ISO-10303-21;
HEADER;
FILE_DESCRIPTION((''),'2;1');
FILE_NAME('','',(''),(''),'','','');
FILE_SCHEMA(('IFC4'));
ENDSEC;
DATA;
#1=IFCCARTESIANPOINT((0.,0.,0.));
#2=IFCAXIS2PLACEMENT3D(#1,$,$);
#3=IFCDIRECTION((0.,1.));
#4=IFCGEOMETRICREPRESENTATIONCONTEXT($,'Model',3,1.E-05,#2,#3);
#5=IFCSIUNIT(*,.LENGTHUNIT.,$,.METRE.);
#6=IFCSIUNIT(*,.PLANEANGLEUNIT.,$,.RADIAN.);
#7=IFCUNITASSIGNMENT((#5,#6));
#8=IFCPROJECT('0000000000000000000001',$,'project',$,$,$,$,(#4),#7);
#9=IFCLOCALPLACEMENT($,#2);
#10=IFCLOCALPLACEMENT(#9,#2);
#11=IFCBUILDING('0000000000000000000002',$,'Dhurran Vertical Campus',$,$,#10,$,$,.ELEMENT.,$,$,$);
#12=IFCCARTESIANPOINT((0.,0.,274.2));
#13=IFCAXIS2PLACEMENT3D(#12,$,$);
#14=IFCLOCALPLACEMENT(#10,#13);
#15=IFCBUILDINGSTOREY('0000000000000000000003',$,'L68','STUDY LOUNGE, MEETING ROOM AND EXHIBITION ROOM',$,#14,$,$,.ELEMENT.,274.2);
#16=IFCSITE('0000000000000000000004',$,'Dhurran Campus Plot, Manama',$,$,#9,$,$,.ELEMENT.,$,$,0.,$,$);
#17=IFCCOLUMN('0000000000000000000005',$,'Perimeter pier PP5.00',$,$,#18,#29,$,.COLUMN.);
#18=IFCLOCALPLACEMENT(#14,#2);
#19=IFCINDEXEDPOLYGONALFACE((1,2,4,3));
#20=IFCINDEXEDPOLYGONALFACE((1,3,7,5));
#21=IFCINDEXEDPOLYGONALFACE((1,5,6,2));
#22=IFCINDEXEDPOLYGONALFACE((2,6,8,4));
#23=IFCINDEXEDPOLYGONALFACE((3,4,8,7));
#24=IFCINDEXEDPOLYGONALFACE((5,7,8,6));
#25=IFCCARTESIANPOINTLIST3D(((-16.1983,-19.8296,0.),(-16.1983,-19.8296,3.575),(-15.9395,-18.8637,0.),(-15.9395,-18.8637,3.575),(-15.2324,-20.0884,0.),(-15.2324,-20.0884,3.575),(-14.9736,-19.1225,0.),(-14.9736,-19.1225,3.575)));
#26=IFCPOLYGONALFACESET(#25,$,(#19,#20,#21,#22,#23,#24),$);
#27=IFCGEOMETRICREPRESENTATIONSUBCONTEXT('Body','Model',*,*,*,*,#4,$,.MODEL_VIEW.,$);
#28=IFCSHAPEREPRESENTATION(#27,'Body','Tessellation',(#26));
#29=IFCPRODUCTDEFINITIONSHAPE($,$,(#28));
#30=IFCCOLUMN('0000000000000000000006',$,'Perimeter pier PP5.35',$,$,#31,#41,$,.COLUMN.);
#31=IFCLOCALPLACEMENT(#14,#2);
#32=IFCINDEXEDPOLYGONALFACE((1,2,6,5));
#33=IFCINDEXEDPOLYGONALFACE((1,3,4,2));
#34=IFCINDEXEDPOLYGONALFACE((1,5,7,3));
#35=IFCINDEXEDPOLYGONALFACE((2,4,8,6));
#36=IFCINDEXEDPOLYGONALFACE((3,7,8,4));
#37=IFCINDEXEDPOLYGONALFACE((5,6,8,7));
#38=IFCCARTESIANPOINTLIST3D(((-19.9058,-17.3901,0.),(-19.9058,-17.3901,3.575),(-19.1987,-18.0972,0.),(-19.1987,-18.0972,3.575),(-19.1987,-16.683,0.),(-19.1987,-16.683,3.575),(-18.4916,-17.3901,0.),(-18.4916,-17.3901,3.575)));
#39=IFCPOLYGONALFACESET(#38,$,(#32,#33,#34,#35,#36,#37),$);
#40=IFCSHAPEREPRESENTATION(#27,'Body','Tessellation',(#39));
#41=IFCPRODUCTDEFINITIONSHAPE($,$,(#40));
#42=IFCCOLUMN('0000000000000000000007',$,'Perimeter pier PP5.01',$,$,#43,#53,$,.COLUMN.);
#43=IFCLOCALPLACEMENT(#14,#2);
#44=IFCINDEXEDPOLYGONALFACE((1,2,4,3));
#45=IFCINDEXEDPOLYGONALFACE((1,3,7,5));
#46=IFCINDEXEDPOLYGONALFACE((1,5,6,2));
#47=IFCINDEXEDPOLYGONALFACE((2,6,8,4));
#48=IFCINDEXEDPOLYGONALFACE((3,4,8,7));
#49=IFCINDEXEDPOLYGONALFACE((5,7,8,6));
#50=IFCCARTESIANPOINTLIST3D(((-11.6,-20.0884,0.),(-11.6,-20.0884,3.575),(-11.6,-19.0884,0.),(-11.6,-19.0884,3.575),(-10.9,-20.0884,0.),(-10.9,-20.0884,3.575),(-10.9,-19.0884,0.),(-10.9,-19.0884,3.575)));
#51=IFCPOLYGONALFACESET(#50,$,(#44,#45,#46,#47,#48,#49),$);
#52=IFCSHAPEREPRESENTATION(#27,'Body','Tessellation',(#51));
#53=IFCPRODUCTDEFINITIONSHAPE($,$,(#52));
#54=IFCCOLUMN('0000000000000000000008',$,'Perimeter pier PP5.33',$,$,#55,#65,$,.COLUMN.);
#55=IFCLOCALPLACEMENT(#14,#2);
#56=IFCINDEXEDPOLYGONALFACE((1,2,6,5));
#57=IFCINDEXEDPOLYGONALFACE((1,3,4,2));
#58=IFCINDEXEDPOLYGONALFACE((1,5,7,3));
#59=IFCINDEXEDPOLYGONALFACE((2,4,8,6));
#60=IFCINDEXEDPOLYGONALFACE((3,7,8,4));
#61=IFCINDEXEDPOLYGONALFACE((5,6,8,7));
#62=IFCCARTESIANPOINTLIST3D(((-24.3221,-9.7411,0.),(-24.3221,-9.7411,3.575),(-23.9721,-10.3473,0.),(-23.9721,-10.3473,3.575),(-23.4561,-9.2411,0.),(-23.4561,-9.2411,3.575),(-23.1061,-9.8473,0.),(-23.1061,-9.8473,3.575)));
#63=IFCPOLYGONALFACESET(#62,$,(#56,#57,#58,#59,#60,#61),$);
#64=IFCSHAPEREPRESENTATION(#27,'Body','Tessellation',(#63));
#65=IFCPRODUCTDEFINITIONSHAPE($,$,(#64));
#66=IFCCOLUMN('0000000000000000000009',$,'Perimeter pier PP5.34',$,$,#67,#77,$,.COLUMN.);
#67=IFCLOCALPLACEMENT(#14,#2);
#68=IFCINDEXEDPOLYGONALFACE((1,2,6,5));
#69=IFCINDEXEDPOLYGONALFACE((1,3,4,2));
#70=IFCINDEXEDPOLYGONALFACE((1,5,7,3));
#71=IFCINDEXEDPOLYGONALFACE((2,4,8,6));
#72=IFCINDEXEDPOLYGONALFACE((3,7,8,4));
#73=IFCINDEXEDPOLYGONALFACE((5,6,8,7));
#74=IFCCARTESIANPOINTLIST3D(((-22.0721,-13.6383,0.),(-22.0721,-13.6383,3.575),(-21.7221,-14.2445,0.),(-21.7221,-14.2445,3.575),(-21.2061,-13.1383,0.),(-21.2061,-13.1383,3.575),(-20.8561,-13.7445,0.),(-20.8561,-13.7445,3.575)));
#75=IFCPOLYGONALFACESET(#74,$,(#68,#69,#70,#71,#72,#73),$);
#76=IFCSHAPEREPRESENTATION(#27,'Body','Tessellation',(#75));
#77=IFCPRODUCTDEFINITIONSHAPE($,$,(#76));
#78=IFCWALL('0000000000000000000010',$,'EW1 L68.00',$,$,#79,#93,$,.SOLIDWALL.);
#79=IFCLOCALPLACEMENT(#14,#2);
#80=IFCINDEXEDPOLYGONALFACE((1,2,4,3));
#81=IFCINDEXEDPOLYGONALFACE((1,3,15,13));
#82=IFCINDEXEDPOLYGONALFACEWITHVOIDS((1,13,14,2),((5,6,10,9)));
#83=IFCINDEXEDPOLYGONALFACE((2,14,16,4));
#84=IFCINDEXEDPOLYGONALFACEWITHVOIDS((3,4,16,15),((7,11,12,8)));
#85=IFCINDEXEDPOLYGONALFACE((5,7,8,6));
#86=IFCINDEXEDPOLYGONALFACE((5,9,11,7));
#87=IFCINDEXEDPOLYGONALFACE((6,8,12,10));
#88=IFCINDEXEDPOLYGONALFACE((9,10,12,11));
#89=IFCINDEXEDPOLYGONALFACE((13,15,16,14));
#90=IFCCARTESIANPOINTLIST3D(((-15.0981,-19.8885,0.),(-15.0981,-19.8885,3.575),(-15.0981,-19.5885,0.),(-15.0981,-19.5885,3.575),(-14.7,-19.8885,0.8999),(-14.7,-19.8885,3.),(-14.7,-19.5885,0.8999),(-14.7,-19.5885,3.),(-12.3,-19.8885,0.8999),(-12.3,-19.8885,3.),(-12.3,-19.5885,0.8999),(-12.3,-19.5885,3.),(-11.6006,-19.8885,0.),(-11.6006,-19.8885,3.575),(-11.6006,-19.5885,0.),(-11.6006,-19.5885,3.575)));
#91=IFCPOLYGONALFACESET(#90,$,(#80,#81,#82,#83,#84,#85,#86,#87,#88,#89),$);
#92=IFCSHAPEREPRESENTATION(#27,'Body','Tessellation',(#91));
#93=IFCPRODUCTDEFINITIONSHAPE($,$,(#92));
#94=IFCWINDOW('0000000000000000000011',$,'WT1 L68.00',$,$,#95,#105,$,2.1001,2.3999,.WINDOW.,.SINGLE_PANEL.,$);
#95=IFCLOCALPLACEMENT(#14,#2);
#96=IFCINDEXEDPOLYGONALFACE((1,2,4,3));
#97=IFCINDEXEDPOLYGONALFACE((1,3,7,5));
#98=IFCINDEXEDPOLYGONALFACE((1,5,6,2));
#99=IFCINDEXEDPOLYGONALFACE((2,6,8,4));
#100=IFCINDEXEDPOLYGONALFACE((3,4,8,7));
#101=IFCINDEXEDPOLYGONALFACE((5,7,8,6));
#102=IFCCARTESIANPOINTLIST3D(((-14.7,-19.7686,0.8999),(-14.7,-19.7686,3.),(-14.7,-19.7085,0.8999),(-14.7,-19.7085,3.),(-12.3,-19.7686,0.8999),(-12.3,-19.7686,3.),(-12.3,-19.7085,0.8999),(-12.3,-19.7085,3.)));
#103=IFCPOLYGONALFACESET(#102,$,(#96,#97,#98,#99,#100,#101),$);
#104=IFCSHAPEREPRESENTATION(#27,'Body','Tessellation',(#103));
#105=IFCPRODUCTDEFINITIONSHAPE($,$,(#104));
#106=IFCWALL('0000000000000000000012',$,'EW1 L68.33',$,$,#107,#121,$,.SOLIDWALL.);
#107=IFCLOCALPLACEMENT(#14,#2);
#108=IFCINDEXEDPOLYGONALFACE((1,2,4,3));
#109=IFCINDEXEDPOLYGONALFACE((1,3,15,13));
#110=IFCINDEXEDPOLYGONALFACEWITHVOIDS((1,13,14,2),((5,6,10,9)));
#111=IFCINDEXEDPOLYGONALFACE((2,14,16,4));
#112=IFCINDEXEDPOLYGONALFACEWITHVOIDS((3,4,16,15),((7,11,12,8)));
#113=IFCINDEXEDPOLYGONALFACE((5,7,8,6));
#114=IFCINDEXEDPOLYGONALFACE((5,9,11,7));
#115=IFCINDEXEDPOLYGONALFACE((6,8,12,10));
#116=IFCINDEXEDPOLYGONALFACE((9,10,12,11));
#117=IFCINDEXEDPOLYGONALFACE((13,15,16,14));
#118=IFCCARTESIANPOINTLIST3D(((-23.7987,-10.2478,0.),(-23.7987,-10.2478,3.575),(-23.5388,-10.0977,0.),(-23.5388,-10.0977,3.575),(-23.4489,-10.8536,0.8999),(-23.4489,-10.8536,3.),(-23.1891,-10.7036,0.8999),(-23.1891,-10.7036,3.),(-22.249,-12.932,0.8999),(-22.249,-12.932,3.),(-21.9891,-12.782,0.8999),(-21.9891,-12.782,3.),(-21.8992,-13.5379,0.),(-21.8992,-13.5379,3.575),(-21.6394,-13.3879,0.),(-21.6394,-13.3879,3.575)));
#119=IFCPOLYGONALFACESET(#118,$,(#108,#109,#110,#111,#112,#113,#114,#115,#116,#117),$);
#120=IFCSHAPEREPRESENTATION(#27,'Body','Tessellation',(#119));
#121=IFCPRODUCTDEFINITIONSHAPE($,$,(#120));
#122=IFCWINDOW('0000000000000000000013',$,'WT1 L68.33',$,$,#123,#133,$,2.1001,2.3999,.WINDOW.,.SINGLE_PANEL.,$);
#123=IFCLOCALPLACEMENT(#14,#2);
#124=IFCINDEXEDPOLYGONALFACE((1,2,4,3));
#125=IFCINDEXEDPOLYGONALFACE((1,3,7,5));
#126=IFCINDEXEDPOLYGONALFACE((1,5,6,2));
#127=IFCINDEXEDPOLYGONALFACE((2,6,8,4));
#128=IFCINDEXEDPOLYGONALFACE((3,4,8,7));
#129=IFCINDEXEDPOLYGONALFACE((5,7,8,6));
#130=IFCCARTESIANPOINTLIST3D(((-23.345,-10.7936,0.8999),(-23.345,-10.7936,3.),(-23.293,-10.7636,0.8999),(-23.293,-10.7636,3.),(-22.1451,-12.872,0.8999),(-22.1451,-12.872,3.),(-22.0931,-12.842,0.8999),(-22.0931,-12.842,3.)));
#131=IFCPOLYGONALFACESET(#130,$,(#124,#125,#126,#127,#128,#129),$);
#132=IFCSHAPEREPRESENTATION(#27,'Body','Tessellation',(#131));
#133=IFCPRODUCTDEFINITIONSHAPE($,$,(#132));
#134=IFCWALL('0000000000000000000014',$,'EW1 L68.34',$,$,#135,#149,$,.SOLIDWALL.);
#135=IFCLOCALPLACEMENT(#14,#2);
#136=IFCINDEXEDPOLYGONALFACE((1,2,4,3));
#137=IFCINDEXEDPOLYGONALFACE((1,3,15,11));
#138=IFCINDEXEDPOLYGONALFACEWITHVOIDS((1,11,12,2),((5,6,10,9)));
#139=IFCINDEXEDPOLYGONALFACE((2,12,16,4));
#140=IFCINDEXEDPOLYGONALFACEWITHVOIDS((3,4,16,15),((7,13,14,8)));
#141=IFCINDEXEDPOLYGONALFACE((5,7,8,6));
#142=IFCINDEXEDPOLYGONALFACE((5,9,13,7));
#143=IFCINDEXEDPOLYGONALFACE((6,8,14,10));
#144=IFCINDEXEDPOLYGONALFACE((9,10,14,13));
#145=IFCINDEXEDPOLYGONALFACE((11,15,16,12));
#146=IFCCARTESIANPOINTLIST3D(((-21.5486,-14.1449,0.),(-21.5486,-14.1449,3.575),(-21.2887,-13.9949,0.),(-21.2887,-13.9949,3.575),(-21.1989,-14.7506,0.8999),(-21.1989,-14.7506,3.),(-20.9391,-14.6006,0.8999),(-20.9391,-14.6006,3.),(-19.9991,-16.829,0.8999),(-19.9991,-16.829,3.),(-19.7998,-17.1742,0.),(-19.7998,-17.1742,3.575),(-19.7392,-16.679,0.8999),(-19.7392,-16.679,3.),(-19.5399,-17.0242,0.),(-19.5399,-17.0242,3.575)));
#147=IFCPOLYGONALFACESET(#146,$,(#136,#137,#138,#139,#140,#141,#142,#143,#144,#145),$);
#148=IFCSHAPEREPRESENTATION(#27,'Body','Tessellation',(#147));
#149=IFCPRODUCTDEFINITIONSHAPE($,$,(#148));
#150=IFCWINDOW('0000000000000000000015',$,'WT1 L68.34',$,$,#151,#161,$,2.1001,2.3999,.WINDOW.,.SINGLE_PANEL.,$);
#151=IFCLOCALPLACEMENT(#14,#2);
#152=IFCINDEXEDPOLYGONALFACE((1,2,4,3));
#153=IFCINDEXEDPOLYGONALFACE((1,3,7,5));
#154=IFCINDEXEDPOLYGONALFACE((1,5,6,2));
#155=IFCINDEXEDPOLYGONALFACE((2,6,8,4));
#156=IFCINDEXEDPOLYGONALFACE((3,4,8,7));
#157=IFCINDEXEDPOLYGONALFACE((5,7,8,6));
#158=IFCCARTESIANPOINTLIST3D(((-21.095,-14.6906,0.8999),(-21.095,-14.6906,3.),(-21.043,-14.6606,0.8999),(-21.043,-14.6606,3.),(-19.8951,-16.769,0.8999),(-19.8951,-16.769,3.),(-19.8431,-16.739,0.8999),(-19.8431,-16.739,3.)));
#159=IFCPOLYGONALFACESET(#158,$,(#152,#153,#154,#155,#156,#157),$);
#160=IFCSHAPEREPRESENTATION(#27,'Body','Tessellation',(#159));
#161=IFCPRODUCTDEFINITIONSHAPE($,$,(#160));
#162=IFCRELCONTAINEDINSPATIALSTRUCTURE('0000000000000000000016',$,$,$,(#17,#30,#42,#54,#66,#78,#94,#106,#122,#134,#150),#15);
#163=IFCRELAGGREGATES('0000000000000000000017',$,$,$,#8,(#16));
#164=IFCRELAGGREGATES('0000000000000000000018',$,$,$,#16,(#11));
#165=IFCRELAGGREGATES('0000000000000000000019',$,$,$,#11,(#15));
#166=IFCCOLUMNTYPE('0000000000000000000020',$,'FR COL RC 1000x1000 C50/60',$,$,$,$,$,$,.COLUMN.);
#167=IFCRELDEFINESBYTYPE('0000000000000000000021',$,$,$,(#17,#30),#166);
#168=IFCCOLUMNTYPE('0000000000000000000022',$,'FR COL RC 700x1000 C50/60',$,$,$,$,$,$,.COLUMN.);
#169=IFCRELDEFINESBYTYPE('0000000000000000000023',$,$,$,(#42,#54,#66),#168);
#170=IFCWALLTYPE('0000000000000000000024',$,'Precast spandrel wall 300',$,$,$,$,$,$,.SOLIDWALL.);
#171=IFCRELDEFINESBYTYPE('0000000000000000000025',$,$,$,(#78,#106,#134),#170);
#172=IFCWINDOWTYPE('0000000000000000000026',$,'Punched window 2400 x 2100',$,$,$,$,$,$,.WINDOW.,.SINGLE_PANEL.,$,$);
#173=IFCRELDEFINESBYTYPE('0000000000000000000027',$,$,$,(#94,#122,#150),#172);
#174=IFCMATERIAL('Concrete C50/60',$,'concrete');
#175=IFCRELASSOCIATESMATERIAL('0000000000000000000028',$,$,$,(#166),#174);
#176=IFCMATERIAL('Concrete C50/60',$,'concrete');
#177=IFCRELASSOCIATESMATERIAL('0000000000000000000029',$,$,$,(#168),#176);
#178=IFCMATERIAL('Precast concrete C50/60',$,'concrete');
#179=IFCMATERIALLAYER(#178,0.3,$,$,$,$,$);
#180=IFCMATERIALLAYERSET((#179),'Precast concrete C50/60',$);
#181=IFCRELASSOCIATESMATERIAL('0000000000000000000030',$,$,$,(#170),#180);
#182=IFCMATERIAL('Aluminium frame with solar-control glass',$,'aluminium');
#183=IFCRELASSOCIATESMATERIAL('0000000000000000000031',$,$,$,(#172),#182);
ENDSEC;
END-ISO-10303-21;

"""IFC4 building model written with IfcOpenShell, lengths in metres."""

from ifc_helpers import new_model, si_unit, direction, frame, frame_2d, origin, origin_2d, place, context, subcontext, project, spatial, rectangle, extrude, material, layer, layer_set, material_profile, profile_set, type_object, element, fill, save


model = new_model("IFC4")

# Units and contexts
model_context = context("Model", 3, precision=1e-05, world=origin(), true_north=direction((0.0, 1.0)))
body_context = subcontext(model_context, "Body", "Model", "MODEL_VIEW")
ifc_project = project(units=[si_unit("LENGTHUNIT", "METRE"), si_unit("PLANEANGLEUNIT", "RADIAN")], contexts=[model_context])

# Site, building, storey
site_placement = place(None, origin())
site = spatial("IfcSite", under=ifc_project, at=site_placement, Name="Dhurran Campus Plot, Manama", CompositionType="ELEMENT", RefElevation=0.0)
building_placement = place(site_placement, origin())
building = spatial("IfcBuilding", under=site, at=building_placement, Name="Dhurran Vertical Campus", CompositionType="ELEMENT")
storey_placement = place(building_placement, frame((0.0, 0.0, 274.2)))
storey = spatial("IfcBuildingStorey", under=building, at=storey_placement, Name="L68", Description="STUDY LOUNGE, MEETING ROOM AND EXHIBITION ROOM", CompositionType="ELEMENT", Elevation=274.2)

# Columns
ifc_material_1 = material(Name="Concrete C50/60", Category="concrete")
ifc_material_profile_1 = material_profile(ifc_material_1, rectangle(XDim=1.0, YDim=1.0, at=origin_2d()), Name="RC 1000x1000")
ifc_profile_set_1 = profile_set([ifc_material_profile_1], Name="Concrete C50/60")
column_type_1 = type_object("IfcColumnType", Name="FR COL RC 1000x1000 C50/60", PredefinedType="COLUMN", material=ifc_profile_set_1)
for number, where, z_axis, x_axis, name in (
    (1, (-15.5859, -19.4761, 0.0), (0.0, 0.0, 1.0), (0.965926, -0.258819, 0.0), "Perimeter pier PP5.00"),
    (2, (-19.1987, -17.3901, 0.0), (0.0, 0.0, 1.0), (0.707107, -0.707107, 0.0), "Perimeter pier PP5.35"),
):
    element("IfcColumn", number, at=place(storey_placement, frame(where, z_axis=z_axis, x_axis=x_axis)), inside=storey, type_object=column_type_1, Name=name, PredefinedType="COLUMN", context=body_context, shape_type="SweptSolid", body=[
        extrude(rectangle(XDim=1.0, YDim=1.0, at=origin_2d()), origin(), (0.0, 0.0, 1.0), 3.575),
    ])
ifc_material_2 = material(Name="Concrete C50/60", Category="concrete")
ifc_material_profile_2 = material_profile(ifc_material_2, rectangle(XDim=0.7, YDim=1.0, at=origin_2d()), Name="RC 700x1000")
ifc_profile_set_2 = profile_set([ifc_material_profile_2], Name="Concrete C50/60")
column_type_2 = type_object("IfcColumnType", Name="FR COL RC 700x1000 C50/60", PredefinedType="COLUMN", material=ifc_profile_set_2)
for number, where, z_axis, x_axis, name in (
    (3, (-11.25, -19.5884, 0.0), (0.0, 0.0, 1.0), (1.0, 0.0, 0.0), "Perimeter pier PP5.01"),
    (4, (-23.7141, -9.7942, 0.0), (0.0, 0.0, 1.0), (0.5, -0.866025, 0.0), "Perimeter pier PP5.33"),
    (5, (-21.4641, -13.6914, 0.0), (0.0, 0.0, 1.0), (0.5, -0.866025, 0.0), "Perimeter pier PP5.34"),
):
    element("IfcColumn", number, at=place(storey_placement, frame(where, z_axis=z_axis, x_axis=x_axis)), inside=storey, type_object=column_type_2, Name=name, PredefinedType="COLUMN", context=body_context, shape_type="SweptSolid", body=[
        extrude(rectangle(XDim=0.7, YDim=1.0, at=origin_2d()), origin(), (0.0, 0.0, 1.0), 3.575),
    ])

# Walls, openings, windows
ifc_material_3 = material(Name="Precast concrete C50/60", Category="concrete")
ifc_layer_1 = layer(ifc_material_3, 0.3)
ifc_layer_set_1 = layer_set([ifc_layer_1], Name="Precast concrete C50/60")
wall_type_1 = type_object("IfcWallType", Name="Precast spandrel wall 300", PredefinedType="SOLIDWALL", material=ifc_layer_set_1)
wall_1_placement = place(storey_placement, frame((-15.0981, -19.7385, 0.0), z_axis=(0.0, 0.0, 1.0), x_axis=(1.0, 0.0, 0.0)))
wall_1 = element("IfcWall", 6, at=wall_1_placement, inside=storey, type_object=wall_type_1, Name="EW1 L68.00", PredefinedType="SOLIDWALL", context=body_context, shape_type="SweptSolid", body=[
    extrude(rectangle(XDim=3.4976, YDim=0.3, at=frame_2d((1.7488, 0.0))), origin(), (0.0, 0.0, 1.0), 3.575),
])
opening_1_placement = place(wall_1_placement, frame((0.3982, 0.0, 0.8999)))
opening_1 = element("IfcOpeningElement", 7, at=opening_1_placement, cuts=wall_1, PredefinedType="OPENING", context=body_context, shape_type="SweptSolid", body=[
    extrude(rectangle(XDim=2.3999, YDim=2.1001, at=frame_2d((1.2, 1.05))), frame((0.0, 0.1599, 0.0), z_axis=(0.0, -1.0, 0.0), x_axis=(1.0, 0.0, 0.0)), (0.0, 0.0, 1.0), 0.3201),
])
ifc_material_4 = material(Name="Aluminium frame with solar-control glass", Category="aluminium")
window_type = type_object("IfcWindowType", Name="Punched window 2400 x 2100", PartitioningType="SINGLE_PANEL", PredefinedType="WINDOW", material=ifc_material_4)
window_1_placement = place(opening_1_placement, origin())
window_1 = element("IfcWindow", 8, at=window_1_placement, inside=storey, type_object=window_type, Name="WT1 L68.00", OverallHeight=2.1001, OverallWidth=2.3999, PartitioningType="SINGLE_PANEL", PredefinedType="WINDOW", context=body_context, shape_type="SweptSolid", body=[
    extrude(rectangle(XDim=2.3999, YDim=2.1001, at=frame_2d((1.2, 1.05))), frame((0.0, 0.03, 0.0), z_axis=(0.0, -1.0, 0.0), x_axis=(1.0, 0.0, 0.0)), (0.0, 0.0, 1.0), 0.0601),
])
fill(opening_1, window_1)
wall_2_placement = place(storey_placement, frame((-23.6687, -10.1729, 0.0), z_axis=(0.0, 0.0, 1.0), x_axis=(0.499982, -0.866036, 0.0)))
wall_2 = element("IfcWall", 9, at=wall_2_placement, inside=storey, type_object=wall_type_1, Name="EW1 L68.33", PredefinedType="SOLIDWALL", context=body_context, shape_type="SweptSolid", body=[
    extrude(rectangle(XDim=3.7991, YDim=0.3, at=frame_2d((1.8994, 0.0))), origin(), (0.0, 0.0, 1.0), 3.575),
])
opening_2_placement = place(wall_2_placement, frame((0.6995, 0.0, 0.8999)))
opening_2 = element("IfcOpeningElement", 10, at=opening_2_placement, cuts=wall_2, PredefinedType="OPENING", context=body_context, shape_type="SweptSolid", body=[
    extrude(rectangle(XDim=2.3999, YDim=2.1001, at=frame_2d((1.2, 1.05))), frame((0.0, 0.1599, 0.0), z_axis=(0.0, -1.0, 0.0), x_axis=(1.0, 0.0, 0.0)), (0.0, 0.0, 1.0), 0.3201),
])
window_2_placement = place(opening_2_placement, origin())
window_2 = element("IfcWindow", 11, at=window_2_placement, inside=storey, type_object=window_type, Name="WT1 L68.33", OverallHeight=2.1001, OverallWidth=2.3999, PartitioningType="SINGLE_PANEL", PredefinedType="WINDOW", context=body_context, shape_type="SweptSolid", body=[
    extrude(rectangle(XDim=2.3999, YDim=2.1001, at=frame_2d((1.2, 1.05))), frame((0.0, 0.03, 0.0), z_axis=(0.0, -1.0, 0.0), x_axis=(1.0, 0.0, 0.0)), (0.0, 0.0, 1.0), 0.0601),
])
fill(opening_2, window_2)
wall_3_placement = place(storey_placement, frame((-21.4187, -14.0698, 0.0), z_axis=(0.0, 0.0, 1.0), x_axis=(0.49996, -0.866048, 0.0)))
wall_3 = element("IfcWall", 12, at=wall_3_placement, inside=storey, type_object=wall_type_1, Name="EW1 L68.34", PredefinedType="SOLIDWALL", context=body_context, shape_type="SweptSolid", body=[
    extrude(rectangle(XDim=3.4978, YDim=0.3, at=frame_2d((1.749, 0.0))), origin(), (0.0, 0.0, 1.0), 3.575),
])
opening_3_placement = place(wall_3_placement, frame((0.6995, 0.0, 0.8999)))
opening_3 = element("IfcOpeningElement", 13, at=opening_3_placement, cuts=wall_3, PredefinedType="OPENING", context=body_context, shape_type="SweptSolid", body=[
    extrude(rectangle(XDim=2.3999, YDim=2.1001, at=frame_2d((1.2, 1.05))), frame((0.0, 0.1599, 0.0), z_axis=(0.0, -1.0, 0.0), x_axis=(1.0, 0.0, 0.0)), (0.0, 0.0, 1.0), 0.3201),
])
window_3_placement = place(opening_3_placement, origin())
window_3 = element("IfcWindow", 14, at=window_3_placement, inside=storey, type_object=window_type, Name="WT1 L68.34", OverallHeight=2.1001, OverallWidth=2.3999, PartitioningType="SINGLE_PANEL", PredefinedType="WINDOW", context=body_context, shape_type="SweptSolid", body=[
    extrude(rectangle(XDim=2.3999, YDim=2.1001, at=frame_2d((1.2, 1.05))), frame((0.0, 0.03, 0.0), z_axis=(0.0, -1.0, 0.0), x_axis=(1.0, 0.0, 0.0)), (0.0, 0.0, 1.0), 0.0601),
])
fill(opening_3, window_3)

save(model, "model.ifc")
